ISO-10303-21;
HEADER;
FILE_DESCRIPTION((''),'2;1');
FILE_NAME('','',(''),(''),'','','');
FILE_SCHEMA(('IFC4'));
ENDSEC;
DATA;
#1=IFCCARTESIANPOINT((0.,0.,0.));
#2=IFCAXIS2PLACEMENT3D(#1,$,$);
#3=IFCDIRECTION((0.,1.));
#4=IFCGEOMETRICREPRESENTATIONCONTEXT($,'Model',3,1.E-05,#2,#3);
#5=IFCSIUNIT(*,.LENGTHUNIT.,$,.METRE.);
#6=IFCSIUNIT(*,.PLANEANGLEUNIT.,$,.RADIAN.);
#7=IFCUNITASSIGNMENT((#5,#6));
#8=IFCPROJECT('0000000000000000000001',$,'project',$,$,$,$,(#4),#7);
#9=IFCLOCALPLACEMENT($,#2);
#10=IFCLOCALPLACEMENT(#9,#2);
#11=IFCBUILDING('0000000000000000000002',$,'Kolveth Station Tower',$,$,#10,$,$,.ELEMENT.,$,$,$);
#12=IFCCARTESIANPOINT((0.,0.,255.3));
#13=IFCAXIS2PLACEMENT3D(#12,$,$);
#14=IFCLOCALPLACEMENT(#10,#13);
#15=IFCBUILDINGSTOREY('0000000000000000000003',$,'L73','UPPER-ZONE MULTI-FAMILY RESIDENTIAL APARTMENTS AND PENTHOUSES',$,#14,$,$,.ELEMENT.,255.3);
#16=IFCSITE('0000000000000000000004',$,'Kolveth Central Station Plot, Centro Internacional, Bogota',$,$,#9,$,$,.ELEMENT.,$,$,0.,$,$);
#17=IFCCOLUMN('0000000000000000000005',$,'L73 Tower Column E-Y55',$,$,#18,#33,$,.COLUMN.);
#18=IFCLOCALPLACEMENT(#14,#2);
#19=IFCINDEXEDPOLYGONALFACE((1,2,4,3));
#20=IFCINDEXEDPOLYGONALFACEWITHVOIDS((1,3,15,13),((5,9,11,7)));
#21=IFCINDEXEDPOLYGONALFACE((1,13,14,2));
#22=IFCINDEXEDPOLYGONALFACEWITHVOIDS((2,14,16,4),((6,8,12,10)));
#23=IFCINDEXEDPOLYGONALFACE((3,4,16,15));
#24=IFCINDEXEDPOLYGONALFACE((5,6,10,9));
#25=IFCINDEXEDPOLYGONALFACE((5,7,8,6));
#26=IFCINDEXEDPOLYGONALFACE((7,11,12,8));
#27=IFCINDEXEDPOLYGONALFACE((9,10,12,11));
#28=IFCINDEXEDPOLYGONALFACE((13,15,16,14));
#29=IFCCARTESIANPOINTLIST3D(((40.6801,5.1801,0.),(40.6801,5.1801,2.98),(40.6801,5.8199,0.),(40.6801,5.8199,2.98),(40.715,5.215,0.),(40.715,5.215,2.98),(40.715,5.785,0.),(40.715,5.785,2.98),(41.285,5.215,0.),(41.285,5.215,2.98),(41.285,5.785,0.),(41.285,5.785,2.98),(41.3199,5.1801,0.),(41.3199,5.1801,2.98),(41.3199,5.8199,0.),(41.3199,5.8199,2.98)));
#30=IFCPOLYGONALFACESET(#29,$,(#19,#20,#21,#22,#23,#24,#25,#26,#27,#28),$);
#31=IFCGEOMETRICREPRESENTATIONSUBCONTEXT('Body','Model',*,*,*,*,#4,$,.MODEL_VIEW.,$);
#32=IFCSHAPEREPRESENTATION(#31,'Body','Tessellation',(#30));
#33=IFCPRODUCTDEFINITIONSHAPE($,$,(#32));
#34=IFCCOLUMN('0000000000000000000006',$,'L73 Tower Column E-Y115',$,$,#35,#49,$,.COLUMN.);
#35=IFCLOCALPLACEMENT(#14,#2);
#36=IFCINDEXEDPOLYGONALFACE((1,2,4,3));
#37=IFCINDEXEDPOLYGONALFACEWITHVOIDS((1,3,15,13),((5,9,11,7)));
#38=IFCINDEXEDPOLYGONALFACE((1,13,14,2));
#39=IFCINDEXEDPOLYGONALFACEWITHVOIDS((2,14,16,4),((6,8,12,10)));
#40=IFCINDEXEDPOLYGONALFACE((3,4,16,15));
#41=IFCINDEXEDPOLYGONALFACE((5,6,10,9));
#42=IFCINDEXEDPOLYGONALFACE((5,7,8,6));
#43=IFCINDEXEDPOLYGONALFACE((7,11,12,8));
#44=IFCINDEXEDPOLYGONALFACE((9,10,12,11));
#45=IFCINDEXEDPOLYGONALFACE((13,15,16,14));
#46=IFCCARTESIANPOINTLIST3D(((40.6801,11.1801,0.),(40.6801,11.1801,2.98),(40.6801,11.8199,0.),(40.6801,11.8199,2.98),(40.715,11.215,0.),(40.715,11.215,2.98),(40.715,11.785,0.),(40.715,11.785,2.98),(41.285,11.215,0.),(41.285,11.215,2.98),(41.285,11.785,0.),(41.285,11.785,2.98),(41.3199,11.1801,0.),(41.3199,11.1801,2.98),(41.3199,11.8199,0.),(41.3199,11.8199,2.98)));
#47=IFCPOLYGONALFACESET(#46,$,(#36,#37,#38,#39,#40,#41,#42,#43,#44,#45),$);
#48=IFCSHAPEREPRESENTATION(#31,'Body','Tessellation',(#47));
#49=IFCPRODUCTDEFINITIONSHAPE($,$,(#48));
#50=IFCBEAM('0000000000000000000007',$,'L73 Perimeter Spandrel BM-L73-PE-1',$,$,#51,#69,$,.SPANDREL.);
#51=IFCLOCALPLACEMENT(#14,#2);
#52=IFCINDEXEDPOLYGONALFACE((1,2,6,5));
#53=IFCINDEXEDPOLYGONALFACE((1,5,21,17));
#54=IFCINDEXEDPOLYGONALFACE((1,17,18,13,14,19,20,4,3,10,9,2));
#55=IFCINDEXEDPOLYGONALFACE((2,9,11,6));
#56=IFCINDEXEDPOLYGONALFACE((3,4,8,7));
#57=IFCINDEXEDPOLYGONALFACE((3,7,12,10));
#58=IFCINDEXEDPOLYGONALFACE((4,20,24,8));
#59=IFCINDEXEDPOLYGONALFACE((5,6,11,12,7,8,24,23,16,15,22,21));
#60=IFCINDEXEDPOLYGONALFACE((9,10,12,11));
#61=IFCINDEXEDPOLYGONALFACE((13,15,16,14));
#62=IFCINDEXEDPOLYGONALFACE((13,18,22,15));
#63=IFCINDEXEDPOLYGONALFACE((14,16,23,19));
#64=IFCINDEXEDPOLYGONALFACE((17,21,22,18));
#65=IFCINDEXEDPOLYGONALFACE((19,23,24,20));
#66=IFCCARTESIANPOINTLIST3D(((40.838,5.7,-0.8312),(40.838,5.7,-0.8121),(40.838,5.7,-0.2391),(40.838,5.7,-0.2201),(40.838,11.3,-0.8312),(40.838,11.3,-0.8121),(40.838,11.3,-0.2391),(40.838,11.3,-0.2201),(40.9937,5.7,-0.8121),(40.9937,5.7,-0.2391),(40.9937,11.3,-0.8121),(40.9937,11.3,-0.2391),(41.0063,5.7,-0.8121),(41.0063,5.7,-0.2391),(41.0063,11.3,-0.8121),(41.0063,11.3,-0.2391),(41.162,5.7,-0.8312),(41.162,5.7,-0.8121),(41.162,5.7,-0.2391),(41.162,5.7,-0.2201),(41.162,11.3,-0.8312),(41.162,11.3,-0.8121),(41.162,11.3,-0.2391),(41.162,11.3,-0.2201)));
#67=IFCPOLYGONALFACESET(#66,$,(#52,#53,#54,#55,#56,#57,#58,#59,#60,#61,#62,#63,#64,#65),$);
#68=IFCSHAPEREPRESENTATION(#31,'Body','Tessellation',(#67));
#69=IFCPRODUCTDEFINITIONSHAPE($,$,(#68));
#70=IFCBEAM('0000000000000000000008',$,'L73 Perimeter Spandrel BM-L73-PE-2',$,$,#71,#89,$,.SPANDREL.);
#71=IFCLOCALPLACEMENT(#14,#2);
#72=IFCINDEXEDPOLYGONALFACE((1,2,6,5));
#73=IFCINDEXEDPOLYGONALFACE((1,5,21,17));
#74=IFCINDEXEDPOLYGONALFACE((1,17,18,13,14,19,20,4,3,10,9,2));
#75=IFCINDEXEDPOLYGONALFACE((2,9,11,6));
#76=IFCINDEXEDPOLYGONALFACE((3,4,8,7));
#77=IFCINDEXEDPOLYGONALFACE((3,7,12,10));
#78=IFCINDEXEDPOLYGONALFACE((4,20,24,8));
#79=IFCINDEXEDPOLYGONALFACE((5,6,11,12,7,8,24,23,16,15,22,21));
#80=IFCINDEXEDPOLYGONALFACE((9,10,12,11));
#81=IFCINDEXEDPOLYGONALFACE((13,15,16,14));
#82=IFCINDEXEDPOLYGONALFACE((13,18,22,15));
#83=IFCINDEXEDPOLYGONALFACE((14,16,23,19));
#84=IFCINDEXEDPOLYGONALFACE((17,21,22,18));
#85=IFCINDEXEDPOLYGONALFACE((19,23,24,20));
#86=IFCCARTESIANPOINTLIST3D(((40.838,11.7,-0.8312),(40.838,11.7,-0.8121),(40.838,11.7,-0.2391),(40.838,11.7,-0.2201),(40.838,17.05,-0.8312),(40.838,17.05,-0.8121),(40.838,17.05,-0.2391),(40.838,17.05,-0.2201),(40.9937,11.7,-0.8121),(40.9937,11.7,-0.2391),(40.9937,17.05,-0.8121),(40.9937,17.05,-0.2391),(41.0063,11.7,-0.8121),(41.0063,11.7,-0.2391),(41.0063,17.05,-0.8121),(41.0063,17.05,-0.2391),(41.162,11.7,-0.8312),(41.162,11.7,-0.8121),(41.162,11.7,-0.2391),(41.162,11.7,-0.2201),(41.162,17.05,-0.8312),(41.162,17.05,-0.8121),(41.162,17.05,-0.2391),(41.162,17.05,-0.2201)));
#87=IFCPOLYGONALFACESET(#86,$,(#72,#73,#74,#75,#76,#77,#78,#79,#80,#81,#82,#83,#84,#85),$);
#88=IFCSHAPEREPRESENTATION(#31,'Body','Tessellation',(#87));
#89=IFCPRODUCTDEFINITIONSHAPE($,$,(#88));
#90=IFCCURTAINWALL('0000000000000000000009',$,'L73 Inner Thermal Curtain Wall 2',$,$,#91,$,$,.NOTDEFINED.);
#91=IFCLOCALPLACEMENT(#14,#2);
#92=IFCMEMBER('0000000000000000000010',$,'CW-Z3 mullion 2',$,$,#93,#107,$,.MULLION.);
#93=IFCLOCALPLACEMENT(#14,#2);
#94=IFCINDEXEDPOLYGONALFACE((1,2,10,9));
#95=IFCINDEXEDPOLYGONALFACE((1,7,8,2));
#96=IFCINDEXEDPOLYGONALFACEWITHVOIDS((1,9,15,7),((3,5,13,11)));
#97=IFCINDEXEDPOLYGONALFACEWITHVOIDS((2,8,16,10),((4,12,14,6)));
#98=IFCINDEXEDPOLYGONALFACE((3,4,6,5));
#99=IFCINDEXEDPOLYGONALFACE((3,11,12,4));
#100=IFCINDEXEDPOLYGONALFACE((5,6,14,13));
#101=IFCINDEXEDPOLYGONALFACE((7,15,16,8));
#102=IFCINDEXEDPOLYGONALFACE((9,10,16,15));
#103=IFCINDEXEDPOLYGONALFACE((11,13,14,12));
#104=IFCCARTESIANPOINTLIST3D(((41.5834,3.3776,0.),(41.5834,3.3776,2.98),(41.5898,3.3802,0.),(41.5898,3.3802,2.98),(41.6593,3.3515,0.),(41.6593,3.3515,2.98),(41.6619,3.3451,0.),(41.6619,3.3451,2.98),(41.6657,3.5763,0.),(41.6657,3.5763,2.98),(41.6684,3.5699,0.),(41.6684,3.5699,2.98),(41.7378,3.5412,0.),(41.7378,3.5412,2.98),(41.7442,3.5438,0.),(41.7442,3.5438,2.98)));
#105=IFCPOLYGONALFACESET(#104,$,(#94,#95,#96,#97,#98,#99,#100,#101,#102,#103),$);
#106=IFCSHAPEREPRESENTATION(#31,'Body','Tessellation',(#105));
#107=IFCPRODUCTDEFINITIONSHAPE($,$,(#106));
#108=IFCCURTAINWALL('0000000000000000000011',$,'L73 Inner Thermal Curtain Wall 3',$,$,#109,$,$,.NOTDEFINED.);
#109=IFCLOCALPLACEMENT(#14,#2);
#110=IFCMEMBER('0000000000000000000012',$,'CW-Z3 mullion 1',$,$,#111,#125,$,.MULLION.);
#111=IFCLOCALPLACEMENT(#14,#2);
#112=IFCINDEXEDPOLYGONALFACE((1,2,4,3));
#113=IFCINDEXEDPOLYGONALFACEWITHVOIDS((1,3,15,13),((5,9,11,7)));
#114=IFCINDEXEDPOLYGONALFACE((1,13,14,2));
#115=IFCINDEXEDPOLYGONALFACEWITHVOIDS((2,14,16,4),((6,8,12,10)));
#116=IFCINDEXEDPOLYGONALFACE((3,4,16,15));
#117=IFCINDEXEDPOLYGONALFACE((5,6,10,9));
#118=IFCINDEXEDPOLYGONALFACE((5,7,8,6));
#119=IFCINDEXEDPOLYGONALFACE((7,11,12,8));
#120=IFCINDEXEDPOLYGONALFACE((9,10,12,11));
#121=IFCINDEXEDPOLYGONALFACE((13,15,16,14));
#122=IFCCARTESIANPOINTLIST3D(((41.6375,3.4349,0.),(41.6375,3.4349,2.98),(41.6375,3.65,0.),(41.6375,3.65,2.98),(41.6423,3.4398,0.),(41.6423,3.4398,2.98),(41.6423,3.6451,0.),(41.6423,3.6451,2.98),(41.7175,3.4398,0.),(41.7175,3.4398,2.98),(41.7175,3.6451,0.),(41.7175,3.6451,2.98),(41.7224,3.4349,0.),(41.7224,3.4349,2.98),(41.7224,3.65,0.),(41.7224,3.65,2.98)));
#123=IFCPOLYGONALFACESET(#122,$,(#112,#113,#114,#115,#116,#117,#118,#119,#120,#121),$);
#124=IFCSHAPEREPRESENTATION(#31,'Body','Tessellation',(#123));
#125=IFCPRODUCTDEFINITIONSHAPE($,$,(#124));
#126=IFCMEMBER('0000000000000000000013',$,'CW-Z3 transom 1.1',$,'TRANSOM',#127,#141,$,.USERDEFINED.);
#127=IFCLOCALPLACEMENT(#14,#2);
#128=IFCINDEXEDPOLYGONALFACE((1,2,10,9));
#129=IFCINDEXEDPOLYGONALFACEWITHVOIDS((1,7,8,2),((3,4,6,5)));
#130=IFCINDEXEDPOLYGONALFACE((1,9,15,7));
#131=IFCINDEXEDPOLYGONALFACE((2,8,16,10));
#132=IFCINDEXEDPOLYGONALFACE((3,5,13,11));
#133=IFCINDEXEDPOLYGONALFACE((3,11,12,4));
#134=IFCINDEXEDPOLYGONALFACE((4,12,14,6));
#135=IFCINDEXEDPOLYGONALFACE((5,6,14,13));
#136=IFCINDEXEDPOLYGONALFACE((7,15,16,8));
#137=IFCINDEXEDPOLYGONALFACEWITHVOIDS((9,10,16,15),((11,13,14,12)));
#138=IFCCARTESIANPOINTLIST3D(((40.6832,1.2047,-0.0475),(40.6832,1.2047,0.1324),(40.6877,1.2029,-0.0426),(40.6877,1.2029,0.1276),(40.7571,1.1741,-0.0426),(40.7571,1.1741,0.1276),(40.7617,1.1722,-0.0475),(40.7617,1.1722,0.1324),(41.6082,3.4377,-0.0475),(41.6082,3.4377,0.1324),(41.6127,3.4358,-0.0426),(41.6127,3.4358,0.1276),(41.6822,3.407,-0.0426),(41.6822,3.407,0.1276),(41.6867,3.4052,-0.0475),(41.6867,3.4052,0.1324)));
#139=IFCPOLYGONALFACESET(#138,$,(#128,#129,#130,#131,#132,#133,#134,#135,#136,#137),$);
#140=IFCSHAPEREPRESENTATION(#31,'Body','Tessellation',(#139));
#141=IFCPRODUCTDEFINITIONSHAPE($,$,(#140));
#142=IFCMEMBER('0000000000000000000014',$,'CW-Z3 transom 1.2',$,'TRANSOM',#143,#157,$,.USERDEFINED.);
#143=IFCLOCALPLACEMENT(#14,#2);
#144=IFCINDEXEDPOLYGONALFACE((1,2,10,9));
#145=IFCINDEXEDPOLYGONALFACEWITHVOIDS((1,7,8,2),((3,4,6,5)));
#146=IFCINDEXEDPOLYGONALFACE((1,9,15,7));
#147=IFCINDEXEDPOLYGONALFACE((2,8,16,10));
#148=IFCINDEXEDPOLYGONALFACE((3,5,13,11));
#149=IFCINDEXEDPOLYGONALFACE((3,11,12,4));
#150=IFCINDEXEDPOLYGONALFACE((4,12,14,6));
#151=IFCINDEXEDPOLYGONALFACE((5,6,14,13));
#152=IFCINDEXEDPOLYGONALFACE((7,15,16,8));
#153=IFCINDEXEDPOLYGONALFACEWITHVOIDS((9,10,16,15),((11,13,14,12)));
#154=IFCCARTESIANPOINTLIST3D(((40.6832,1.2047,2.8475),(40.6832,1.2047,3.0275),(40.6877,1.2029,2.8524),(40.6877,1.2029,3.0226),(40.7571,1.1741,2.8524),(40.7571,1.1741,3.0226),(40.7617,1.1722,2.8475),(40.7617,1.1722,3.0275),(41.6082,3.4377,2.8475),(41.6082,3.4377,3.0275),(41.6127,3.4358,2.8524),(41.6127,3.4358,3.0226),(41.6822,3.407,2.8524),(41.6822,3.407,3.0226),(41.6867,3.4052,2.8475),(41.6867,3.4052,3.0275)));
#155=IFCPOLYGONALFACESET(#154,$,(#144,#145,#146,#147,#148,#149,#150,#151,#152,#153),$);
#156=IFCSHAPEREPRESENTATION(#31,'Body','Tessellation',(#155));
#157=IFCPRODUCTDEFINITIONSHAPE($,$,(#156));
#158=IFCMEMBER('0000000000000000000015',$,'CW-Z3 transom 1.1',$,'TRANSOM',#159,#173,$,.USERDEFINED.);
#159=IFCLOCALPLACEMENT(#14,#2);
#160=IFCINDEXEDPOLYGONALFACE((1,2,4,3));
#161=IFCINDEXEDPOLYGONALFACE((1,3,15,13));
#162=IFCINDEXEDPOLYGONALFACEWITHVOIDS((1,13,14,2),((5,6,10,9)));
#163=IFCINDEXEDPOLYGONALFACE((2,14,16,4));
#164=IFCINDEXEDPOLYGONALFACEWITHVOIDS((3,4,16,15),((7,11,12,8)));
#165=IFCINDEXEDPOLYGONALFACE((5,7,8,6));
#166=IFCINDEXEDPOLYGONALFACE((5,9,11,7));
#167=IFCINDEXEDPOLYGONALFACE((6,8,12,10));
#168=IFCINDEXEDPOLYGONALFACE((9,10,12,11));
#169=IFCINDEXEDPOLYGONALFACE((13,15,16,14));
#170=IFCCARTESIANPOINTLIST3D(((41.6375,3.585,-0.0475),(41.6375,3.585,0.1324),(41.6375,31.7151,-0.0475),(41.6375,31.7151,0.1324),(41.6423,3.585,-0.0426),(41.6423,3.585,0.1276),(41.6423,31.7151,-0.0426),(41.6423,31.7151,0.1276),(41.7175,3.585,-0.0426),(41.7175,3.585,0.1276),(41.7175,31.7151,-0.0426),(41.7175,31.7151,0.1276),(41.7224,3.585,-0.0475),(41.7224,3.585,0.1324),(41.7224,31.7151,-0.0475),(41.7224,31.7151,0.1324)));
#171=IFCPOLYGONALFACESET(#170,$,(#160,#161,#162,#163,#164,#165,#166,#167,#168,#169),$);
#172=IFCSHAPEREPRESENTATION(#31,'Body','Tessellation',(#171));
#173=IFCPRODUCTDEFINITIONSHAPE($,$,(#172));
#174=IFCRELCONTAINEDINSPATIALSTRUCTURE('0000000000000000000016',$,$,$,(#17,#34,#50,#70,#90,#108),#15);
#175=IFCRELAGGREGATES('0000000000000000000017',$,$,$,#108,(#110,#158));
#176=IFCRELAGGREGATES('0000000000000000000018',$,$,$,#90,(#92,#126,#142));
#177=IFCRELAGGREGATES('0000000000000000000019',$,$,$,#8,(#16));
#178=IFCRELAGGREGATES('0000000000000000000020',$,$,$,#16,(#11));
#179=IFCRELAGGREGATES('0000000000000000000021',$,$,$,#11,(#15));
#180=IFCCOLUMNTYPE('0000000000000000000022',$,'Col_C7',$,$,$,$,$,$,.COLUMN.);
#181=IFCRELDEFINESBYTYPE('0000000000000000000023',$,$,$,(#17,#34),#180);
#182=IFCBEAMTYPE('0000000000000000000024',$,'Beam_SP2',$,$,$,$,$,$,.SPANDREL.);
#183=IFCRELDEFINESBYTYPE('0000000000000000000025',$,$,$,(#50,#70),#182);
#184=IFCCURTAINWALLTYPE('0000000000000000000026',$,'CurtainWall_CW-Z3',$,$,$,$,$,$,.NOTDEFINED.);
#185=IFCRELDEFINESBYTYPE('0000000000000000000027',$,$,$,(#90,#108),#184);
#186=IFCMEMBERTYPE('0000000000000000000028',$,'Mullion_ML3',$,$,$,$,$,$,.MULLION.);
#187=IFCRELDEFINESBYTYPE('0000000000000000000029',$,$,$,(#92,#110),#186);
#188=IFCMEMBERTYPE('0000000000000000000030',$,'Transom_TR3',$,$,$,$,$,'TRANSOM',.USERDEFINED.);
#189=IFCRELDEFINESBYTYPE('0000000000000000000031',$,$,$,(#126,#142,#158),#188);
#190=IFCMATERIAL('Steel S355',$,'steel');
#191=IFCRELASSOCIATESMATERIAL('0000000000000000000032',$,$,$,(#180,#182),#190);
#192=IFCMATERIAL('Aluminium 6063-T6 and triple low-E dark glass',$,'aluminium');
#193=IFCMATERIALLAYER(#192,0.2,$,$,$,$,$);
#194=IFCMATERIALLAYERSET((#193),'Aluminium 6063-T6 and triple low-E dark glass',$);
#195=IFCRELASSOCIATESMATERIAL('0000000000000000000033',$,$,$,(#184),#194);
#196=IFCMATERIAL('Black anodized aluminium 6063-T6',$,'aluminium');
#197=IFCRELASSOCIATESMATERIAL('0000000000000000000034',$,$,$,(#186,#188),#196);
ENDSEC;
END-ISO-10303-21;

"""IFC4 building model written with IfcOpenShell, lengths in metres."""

from ifc_helpers import new_model, si_unit, direction, frame, origin, origin_2d, place, context, subcontext, project, spatial, hollow_rectangle, i_section, extrude, source, transform, mapped, material, layer, layer_set, material_profile, profile_set, type_object, element, aggregate, save


model = new_model("IFC4")

# Units and contexts
model_context = context("Model", 3, precision=1e-05, world=origin(), true_north=direction((0.0, 1.0)))
body_context = subcontext(model_context, "Body", "Model", "MODEL_VIEW")
ifc_project = project(units=[si_unit("LENGTHUNIT", "METRE"), si_unit("PLANEANGLEUNIT", "RADIAN")], contexts=[model_context])

# Site, building, storey
site_placement = place(None, origin())
site = spatial("IfcSite", under=ifc_project, at=site_placement, Name="Kolveth Central Station Plot, Centro Internacional, Bogota", CompositionType="ELEMENT", RefElevation=0.0)
building_placement = place(site_placement, origin())
building = spatial("IfcBuilding", under=site, at=building_placement, Name="Kolveth Station Tower", CompositionType="ELEMENT")
storey_placement = place(building_placement, frame((0.0, 0.0, 255.3)))
storey = spatial("IfcBuildingStorey", under=building, at=storey_placement, Name="L73", Description="UPPER-ZONE MULTI-FAMILY RESIDENTIAL APARTMENTS AND PENTHOUSES", CompositionType="ELEMENT", Elevation=255.3)

# Columns
ifc_material_1 = material(Name="Steel S355", Category="steel")
ifc_material_profile_1 = material_profile(ifc_material_1, hollow_rectangle(XDim=0.6399, YDim=0.6399, WallThickness=0.0349, at=origin_2d()), Name="BOX640x640x35")
ifc_profile_set_1 = profile_set([ifc_material_profile_1], Name="Steel S355")
column_type = type_object("IfcColumnType", Name="Col_C7", PredefinedType="COLUMN", material=ifc_profile_set_1)
shared_shape_1 = source(origin(), body_context, "Body", "SweptSolid", [
    extrude(hollow_rectangle(XDim=0.6399, YDim=0.6399, WallThickness=0.0349, at=origin_2d()), origin(), (0.0, 0.0, 1.0), 2.98),
])
for number, where, z_axis, x_axis, name in (
    (1, (41.0, 5.5, 0.0), (0.0, 0.0, 1.0), (1.0, 0.0, 0.0), "L73 Tower Column E-Y55"),
    (2, (41.0, 11.5, 0.0), (0.0, 0.0, 1.0), (1.0, 0.0, 0.0), "L73 Tower Column E-Y115"),
):
    element("IfcColumn", number, at=place(storey_placement, frame(where, z_axis=z_axis, x_axis=x_axis)), inside=storey, type_object=column_type, Name=name, PredefinedType="COLUMN", context=body_context, shape_type="MappedRepresentation", body=[
        mapped(shared_shape_1, transform((0.0, 0.0, 0.0), x_axis=(1.0, 0.0, 0.0), y_axis=(0.0, 1.0, 0.0), z_axis=(0.0, 0.0, 1.0), scale=1.0)),
    ])

# Beams
ifc_material_profile_2 = material_profile(ifc_material_1, i_section(OverallWidth=0.324, OverallDepth=0.6111, WebThickness=0.0127, FlangeThickness=0.019, at=origin_2d()), Name="W610x155")
ifc_profile_set_2 = profile_set([ifc_material_profile_2], Name="Steel S355")
beam_type = type_object("IfcBeamType", Name="Beam_SP2", PredefinedType="SPANDREL", material=ifc_profile_set_2)
shared_shape_2 = source(origin(), body_context, "Body", "SweptSolid", [
    extrude(i_section(OverallWidth=0.324, OverallDepth=0.6111, WebThickness=0.0127, FlangeThickness=0.019, at=origin_2d()), origin(), (0.0, 0.0, 1.0), 5.6001),
])
beam_1_placement = place(storey_placement, frame((41.0, 5.7, -0.5256), z_axis=(0.0, 1.0, 0.0), x_axis=(-1.0, 0.0, 0.0)))
element("IfcBeam", 3, at=beam_1_placement, inside=storey, type_object=beam_type, Name="L73 Perimeter Spandrel BM-L73-PE-1", PredefinedType="SPANDREL", context=body_context, shape_type="MappedRepresentation", body=[
    mapped(shared_shape_2, transform((0.0, 0.0, 0.0), x_axis=(1.0, 0.0, 0.0), y_axis=(0.0, 1.0, 0.0), z_axis=(0.0, 0.0, 1.0), scale=1.0)),
])
shared_shape_3 = source(origin(), body_context, "Body", "SweptSolid", [
    extrude(i_section(OverallWidth=0.324, OverallDepth=0.6111, WebThickness=0.0127, FlangeThickness=0.019, at=origin_2d()), origin(), (0.0, 0.0, 1.0), 5.3501),
])
beam_2_placement = place(storey_placement, frame((41.0, 11.7, -0.5256), z_axis=(0.0, 1.0, 0.0), x_axis=(-1.0, 0.0, 0.0)))
element("IfcBeam", 4, at=beam_2_placement, inside=storey, type_object=beam_type, Name="L73 Perimeter Spandrel BM-L73-PE-2", PredefinedType="SPANDREL", context=body_context, shape_type="MappedRepresentation", body=[
    mapped(shared_shape_3, transform((0.0, 0.0, 0.0), x_axis=(1.0, 0.0, 0.0), y_axis=(0.0, 1.0, 0.0), z_axis=(0.0, 0.0, 1.0), scale=1.0)),
])

# Curtain walls, members
ifc_material_2 = material(Name="Aluminium 6063-T6 and triple low-E dark glass", Category="aluminium")
ifc_layer_1 = layer(ifc_material_2, 0.2)
ifc_layer_set_1 = layer_set([ifc_layer_1], Name="Aluminium 6063-T6 and triple low-E dark glass")
curtain_wall_type_1 = type_object("IfcCurtainWallType", Name="CurtainWall_CW-Z3", PredefinedType="NOTDEFINED", material=ifc_layer_set_1)
curtain_wall_1_placement = place(storey_placement, origin())
curtain_wall_1 = element("IfcCurtainWall", 5, at=curtain_wall_1_placement, inside=storey, type_object=curtain_wall_type_1, Name="L73 Inner Thermal Curtain Wall 2", PredefinedType="NOTDEFINED")
ifc_material_3 = material(Name="Black anodized aluminium 6063-T6", Category="aluminium")
ifc_material_profile_3 = material_profile(ifc_material_3, hollow_rectangle(XDim=0.085, YDim=0.2151, WallThickness=0.0049, at=origin_2d()), Name="ALU-85x215x5")
ifc_profile_set_3 = profile_set([ifc_material_profile_3], Name="Black anodized aluminium 6063-T6")
member_type_1 = type_object("IfcMemberType", Name="Mullion_ML3", PredefinedType="MULLION", material=ifc_profile_set_3)
shared_shape_4 = source(origin(), body_context, "Body", "SweptSolid", [
    extrude(hollow_rectangle(XDim=0.085, YDim=0.2151, WallThickness=0.0049, at=origin_2d()), origin(), (0.0, 0.0, 1.0), 2.98),
])
member_1_placement = place(storey_placement, frame((41.6638, 3.4607, 0.0), z_axis=(0.0, 0.0, 1.0), x_axis=(-0.923875, 0.382693, 0.0)))
member_1 = element("IfcMember", 6, at=member_1_placement, type_object=member_type_1, Name="CW-Z3 mullion 2", PredefinedType="MULLION", context=body_context, shape_type="MappedRepresentation", body=[
    mapped(shared_shape_4, transform((0.0, 0.0, 0.0), x_axis=(1.0, 0.0, 0.0), y_axis=(0.0, 1.0, 0.0), z_axis=(0.0, 0.0, 1.0), scale=1.0)),
])
curtain_wall_2_placement = place(storey_placement, origin())
curtain_wall_2 = element("IfcCurtainWall", 7, at=curtain_wall_2_placement, inside=storey, type_object=curtain_wall_type_1, Name="L73 Inner Thermal Curtain Wall 3", PredefinedType="NOTDEFINED")
member_2_placement = place(storey_placement, frame((41.6799, 3.5425, 0.0), z_axis=(0.0, 0.0, 1.0), x_axis=(-1.0, 0.0, 0.0)))
member_2 = element("IfcMember", 8, at=member_2_placement, type_object=member_type_1, Name="CW-Z3 mullion 1", PredefinedType="MULLION", context=body_context, shape_type="MappedRepresentation", body=[
    mapped(shared_shape_4, transform((0.0, 0.0, 0.0), x_axis=(1.0, 0.0, 0.0), y_axis=(0.0, 1.0, 0.0), z_axis=(0.0, 0.0, 1.0), scale=1.0)),
])

# Members
ifc_material_profile_4 = material_profile(ifc_material_3, hollow_rectangle(XDim=0.085, YDim=0.1799, WallThickness=0.0049, at=origin_2d()), Name="ALU-85x180x5")
ifc_profile_set_4 = profile_set([ifc_material_profile_4], Name="Black anodized aluminium 6063-T6")
member_type_2 = type_object("IfcMemberType", Name="Transom_TR3", ElementType="TRANSOM", PredefinedType="USERDEFINED", material=ifc_profile_set_4)
shared_shape_5 = source(origin(), body_context, "Body", "SweptSolid", [
    extrude(hollow_rectangle(XDim=0.085, YDim=0.1799, WallThickness=0.0049, at=origin_2d()), origin(), (0.0, 0.0, 1.0), 2.417),
])
member_3_placement = place(storey_placement, frame((40.7224, 1.1885, 0.0425), z_axis=(0.382735, 0.923858, 0.0), x_axis=(-0.923858, 0.382735, 0.0)))
member_3 = element("IfcMember", 9, at=member_3_placement, type_object=member_type_2, Name="CW-Z3 transom 1.1", ObjectType="TRANSOM", PredefinedType="USERDEFINED", context=body_context, shape_type="MappedRepresentation", body=[
    mapped(shared_shape_5, transform((0.0, 0.0, 0.0), x_axis=(1.0, 0.0, 0.0), y_axis=(0.0, 1.0, 0.0), z_axis=(0.0, 0.0, 1.0), scale=1.0)),
])
member_4_placement = place(storey_placement, frame((40.7224, 1.1885, 2.9375), z_axis=(0.382735, 0.923858, 0.0), x_axis=(-0.923858, 0.382735, 0.0)))
member_4 = element("IfcMember", 10, at=member_4_placement, type_object=member_type_2, Name="CW-Z3 transom 1.2", ObjectType="TRANSOM", PredefinedType="USERDEFINED", context=body_context, shape_type="MappedRepresentation", body=[
    mapped(shared_shape_5, transform((0.0, 0.0, 0.0), x_axis=(1.0, 0.0, 0.0), y_axis=(0.0, 1.0, 0.0), z_axis=(0.0, 0.0, 1.0), scale=1.0)),
])
shared_shape_6 = source(origin(), body_context, "Body", "SweptSolid", [
    extrude(hollow_rectangle(XDim=0.085, YDim=0.1799, WallThickness=0.0049, at=origin_2d()), origin(), (0.0, 0.0, 1.0), 28.1301),
])
member_5_placement = place(storey_placement, frame((41.6799, 3.585, 0.0425), z_axis=(0.0, 1.0, 0.0), x_axis=(-1.0, 0.0, 0.0)))
member_5 = element("IfcMember", 11, at=member_5_placement, type_object=member_type_2, Name="CW-Z3 transom 1.1", ObjectType="TRANSOM", PredefinedType="USERDEFINED", context=body_context, shape_type="MappedRepresentation", body=[
    mapped(shared_shape_6, transform((0.0, 0.0, 0.0), x_axis=(1.0, 0.0, 0.0), y_axis=(0.0, 1.0, 0.0), z_axis=(0.0, 0.0, 1.0), scale=1.0)),
])
aggregate(curtain_wall_2, [member_2, member_5])

aggregate(curtain_wall_1, [member_1, member_3, member_4])

save(model, "model.ifc")
